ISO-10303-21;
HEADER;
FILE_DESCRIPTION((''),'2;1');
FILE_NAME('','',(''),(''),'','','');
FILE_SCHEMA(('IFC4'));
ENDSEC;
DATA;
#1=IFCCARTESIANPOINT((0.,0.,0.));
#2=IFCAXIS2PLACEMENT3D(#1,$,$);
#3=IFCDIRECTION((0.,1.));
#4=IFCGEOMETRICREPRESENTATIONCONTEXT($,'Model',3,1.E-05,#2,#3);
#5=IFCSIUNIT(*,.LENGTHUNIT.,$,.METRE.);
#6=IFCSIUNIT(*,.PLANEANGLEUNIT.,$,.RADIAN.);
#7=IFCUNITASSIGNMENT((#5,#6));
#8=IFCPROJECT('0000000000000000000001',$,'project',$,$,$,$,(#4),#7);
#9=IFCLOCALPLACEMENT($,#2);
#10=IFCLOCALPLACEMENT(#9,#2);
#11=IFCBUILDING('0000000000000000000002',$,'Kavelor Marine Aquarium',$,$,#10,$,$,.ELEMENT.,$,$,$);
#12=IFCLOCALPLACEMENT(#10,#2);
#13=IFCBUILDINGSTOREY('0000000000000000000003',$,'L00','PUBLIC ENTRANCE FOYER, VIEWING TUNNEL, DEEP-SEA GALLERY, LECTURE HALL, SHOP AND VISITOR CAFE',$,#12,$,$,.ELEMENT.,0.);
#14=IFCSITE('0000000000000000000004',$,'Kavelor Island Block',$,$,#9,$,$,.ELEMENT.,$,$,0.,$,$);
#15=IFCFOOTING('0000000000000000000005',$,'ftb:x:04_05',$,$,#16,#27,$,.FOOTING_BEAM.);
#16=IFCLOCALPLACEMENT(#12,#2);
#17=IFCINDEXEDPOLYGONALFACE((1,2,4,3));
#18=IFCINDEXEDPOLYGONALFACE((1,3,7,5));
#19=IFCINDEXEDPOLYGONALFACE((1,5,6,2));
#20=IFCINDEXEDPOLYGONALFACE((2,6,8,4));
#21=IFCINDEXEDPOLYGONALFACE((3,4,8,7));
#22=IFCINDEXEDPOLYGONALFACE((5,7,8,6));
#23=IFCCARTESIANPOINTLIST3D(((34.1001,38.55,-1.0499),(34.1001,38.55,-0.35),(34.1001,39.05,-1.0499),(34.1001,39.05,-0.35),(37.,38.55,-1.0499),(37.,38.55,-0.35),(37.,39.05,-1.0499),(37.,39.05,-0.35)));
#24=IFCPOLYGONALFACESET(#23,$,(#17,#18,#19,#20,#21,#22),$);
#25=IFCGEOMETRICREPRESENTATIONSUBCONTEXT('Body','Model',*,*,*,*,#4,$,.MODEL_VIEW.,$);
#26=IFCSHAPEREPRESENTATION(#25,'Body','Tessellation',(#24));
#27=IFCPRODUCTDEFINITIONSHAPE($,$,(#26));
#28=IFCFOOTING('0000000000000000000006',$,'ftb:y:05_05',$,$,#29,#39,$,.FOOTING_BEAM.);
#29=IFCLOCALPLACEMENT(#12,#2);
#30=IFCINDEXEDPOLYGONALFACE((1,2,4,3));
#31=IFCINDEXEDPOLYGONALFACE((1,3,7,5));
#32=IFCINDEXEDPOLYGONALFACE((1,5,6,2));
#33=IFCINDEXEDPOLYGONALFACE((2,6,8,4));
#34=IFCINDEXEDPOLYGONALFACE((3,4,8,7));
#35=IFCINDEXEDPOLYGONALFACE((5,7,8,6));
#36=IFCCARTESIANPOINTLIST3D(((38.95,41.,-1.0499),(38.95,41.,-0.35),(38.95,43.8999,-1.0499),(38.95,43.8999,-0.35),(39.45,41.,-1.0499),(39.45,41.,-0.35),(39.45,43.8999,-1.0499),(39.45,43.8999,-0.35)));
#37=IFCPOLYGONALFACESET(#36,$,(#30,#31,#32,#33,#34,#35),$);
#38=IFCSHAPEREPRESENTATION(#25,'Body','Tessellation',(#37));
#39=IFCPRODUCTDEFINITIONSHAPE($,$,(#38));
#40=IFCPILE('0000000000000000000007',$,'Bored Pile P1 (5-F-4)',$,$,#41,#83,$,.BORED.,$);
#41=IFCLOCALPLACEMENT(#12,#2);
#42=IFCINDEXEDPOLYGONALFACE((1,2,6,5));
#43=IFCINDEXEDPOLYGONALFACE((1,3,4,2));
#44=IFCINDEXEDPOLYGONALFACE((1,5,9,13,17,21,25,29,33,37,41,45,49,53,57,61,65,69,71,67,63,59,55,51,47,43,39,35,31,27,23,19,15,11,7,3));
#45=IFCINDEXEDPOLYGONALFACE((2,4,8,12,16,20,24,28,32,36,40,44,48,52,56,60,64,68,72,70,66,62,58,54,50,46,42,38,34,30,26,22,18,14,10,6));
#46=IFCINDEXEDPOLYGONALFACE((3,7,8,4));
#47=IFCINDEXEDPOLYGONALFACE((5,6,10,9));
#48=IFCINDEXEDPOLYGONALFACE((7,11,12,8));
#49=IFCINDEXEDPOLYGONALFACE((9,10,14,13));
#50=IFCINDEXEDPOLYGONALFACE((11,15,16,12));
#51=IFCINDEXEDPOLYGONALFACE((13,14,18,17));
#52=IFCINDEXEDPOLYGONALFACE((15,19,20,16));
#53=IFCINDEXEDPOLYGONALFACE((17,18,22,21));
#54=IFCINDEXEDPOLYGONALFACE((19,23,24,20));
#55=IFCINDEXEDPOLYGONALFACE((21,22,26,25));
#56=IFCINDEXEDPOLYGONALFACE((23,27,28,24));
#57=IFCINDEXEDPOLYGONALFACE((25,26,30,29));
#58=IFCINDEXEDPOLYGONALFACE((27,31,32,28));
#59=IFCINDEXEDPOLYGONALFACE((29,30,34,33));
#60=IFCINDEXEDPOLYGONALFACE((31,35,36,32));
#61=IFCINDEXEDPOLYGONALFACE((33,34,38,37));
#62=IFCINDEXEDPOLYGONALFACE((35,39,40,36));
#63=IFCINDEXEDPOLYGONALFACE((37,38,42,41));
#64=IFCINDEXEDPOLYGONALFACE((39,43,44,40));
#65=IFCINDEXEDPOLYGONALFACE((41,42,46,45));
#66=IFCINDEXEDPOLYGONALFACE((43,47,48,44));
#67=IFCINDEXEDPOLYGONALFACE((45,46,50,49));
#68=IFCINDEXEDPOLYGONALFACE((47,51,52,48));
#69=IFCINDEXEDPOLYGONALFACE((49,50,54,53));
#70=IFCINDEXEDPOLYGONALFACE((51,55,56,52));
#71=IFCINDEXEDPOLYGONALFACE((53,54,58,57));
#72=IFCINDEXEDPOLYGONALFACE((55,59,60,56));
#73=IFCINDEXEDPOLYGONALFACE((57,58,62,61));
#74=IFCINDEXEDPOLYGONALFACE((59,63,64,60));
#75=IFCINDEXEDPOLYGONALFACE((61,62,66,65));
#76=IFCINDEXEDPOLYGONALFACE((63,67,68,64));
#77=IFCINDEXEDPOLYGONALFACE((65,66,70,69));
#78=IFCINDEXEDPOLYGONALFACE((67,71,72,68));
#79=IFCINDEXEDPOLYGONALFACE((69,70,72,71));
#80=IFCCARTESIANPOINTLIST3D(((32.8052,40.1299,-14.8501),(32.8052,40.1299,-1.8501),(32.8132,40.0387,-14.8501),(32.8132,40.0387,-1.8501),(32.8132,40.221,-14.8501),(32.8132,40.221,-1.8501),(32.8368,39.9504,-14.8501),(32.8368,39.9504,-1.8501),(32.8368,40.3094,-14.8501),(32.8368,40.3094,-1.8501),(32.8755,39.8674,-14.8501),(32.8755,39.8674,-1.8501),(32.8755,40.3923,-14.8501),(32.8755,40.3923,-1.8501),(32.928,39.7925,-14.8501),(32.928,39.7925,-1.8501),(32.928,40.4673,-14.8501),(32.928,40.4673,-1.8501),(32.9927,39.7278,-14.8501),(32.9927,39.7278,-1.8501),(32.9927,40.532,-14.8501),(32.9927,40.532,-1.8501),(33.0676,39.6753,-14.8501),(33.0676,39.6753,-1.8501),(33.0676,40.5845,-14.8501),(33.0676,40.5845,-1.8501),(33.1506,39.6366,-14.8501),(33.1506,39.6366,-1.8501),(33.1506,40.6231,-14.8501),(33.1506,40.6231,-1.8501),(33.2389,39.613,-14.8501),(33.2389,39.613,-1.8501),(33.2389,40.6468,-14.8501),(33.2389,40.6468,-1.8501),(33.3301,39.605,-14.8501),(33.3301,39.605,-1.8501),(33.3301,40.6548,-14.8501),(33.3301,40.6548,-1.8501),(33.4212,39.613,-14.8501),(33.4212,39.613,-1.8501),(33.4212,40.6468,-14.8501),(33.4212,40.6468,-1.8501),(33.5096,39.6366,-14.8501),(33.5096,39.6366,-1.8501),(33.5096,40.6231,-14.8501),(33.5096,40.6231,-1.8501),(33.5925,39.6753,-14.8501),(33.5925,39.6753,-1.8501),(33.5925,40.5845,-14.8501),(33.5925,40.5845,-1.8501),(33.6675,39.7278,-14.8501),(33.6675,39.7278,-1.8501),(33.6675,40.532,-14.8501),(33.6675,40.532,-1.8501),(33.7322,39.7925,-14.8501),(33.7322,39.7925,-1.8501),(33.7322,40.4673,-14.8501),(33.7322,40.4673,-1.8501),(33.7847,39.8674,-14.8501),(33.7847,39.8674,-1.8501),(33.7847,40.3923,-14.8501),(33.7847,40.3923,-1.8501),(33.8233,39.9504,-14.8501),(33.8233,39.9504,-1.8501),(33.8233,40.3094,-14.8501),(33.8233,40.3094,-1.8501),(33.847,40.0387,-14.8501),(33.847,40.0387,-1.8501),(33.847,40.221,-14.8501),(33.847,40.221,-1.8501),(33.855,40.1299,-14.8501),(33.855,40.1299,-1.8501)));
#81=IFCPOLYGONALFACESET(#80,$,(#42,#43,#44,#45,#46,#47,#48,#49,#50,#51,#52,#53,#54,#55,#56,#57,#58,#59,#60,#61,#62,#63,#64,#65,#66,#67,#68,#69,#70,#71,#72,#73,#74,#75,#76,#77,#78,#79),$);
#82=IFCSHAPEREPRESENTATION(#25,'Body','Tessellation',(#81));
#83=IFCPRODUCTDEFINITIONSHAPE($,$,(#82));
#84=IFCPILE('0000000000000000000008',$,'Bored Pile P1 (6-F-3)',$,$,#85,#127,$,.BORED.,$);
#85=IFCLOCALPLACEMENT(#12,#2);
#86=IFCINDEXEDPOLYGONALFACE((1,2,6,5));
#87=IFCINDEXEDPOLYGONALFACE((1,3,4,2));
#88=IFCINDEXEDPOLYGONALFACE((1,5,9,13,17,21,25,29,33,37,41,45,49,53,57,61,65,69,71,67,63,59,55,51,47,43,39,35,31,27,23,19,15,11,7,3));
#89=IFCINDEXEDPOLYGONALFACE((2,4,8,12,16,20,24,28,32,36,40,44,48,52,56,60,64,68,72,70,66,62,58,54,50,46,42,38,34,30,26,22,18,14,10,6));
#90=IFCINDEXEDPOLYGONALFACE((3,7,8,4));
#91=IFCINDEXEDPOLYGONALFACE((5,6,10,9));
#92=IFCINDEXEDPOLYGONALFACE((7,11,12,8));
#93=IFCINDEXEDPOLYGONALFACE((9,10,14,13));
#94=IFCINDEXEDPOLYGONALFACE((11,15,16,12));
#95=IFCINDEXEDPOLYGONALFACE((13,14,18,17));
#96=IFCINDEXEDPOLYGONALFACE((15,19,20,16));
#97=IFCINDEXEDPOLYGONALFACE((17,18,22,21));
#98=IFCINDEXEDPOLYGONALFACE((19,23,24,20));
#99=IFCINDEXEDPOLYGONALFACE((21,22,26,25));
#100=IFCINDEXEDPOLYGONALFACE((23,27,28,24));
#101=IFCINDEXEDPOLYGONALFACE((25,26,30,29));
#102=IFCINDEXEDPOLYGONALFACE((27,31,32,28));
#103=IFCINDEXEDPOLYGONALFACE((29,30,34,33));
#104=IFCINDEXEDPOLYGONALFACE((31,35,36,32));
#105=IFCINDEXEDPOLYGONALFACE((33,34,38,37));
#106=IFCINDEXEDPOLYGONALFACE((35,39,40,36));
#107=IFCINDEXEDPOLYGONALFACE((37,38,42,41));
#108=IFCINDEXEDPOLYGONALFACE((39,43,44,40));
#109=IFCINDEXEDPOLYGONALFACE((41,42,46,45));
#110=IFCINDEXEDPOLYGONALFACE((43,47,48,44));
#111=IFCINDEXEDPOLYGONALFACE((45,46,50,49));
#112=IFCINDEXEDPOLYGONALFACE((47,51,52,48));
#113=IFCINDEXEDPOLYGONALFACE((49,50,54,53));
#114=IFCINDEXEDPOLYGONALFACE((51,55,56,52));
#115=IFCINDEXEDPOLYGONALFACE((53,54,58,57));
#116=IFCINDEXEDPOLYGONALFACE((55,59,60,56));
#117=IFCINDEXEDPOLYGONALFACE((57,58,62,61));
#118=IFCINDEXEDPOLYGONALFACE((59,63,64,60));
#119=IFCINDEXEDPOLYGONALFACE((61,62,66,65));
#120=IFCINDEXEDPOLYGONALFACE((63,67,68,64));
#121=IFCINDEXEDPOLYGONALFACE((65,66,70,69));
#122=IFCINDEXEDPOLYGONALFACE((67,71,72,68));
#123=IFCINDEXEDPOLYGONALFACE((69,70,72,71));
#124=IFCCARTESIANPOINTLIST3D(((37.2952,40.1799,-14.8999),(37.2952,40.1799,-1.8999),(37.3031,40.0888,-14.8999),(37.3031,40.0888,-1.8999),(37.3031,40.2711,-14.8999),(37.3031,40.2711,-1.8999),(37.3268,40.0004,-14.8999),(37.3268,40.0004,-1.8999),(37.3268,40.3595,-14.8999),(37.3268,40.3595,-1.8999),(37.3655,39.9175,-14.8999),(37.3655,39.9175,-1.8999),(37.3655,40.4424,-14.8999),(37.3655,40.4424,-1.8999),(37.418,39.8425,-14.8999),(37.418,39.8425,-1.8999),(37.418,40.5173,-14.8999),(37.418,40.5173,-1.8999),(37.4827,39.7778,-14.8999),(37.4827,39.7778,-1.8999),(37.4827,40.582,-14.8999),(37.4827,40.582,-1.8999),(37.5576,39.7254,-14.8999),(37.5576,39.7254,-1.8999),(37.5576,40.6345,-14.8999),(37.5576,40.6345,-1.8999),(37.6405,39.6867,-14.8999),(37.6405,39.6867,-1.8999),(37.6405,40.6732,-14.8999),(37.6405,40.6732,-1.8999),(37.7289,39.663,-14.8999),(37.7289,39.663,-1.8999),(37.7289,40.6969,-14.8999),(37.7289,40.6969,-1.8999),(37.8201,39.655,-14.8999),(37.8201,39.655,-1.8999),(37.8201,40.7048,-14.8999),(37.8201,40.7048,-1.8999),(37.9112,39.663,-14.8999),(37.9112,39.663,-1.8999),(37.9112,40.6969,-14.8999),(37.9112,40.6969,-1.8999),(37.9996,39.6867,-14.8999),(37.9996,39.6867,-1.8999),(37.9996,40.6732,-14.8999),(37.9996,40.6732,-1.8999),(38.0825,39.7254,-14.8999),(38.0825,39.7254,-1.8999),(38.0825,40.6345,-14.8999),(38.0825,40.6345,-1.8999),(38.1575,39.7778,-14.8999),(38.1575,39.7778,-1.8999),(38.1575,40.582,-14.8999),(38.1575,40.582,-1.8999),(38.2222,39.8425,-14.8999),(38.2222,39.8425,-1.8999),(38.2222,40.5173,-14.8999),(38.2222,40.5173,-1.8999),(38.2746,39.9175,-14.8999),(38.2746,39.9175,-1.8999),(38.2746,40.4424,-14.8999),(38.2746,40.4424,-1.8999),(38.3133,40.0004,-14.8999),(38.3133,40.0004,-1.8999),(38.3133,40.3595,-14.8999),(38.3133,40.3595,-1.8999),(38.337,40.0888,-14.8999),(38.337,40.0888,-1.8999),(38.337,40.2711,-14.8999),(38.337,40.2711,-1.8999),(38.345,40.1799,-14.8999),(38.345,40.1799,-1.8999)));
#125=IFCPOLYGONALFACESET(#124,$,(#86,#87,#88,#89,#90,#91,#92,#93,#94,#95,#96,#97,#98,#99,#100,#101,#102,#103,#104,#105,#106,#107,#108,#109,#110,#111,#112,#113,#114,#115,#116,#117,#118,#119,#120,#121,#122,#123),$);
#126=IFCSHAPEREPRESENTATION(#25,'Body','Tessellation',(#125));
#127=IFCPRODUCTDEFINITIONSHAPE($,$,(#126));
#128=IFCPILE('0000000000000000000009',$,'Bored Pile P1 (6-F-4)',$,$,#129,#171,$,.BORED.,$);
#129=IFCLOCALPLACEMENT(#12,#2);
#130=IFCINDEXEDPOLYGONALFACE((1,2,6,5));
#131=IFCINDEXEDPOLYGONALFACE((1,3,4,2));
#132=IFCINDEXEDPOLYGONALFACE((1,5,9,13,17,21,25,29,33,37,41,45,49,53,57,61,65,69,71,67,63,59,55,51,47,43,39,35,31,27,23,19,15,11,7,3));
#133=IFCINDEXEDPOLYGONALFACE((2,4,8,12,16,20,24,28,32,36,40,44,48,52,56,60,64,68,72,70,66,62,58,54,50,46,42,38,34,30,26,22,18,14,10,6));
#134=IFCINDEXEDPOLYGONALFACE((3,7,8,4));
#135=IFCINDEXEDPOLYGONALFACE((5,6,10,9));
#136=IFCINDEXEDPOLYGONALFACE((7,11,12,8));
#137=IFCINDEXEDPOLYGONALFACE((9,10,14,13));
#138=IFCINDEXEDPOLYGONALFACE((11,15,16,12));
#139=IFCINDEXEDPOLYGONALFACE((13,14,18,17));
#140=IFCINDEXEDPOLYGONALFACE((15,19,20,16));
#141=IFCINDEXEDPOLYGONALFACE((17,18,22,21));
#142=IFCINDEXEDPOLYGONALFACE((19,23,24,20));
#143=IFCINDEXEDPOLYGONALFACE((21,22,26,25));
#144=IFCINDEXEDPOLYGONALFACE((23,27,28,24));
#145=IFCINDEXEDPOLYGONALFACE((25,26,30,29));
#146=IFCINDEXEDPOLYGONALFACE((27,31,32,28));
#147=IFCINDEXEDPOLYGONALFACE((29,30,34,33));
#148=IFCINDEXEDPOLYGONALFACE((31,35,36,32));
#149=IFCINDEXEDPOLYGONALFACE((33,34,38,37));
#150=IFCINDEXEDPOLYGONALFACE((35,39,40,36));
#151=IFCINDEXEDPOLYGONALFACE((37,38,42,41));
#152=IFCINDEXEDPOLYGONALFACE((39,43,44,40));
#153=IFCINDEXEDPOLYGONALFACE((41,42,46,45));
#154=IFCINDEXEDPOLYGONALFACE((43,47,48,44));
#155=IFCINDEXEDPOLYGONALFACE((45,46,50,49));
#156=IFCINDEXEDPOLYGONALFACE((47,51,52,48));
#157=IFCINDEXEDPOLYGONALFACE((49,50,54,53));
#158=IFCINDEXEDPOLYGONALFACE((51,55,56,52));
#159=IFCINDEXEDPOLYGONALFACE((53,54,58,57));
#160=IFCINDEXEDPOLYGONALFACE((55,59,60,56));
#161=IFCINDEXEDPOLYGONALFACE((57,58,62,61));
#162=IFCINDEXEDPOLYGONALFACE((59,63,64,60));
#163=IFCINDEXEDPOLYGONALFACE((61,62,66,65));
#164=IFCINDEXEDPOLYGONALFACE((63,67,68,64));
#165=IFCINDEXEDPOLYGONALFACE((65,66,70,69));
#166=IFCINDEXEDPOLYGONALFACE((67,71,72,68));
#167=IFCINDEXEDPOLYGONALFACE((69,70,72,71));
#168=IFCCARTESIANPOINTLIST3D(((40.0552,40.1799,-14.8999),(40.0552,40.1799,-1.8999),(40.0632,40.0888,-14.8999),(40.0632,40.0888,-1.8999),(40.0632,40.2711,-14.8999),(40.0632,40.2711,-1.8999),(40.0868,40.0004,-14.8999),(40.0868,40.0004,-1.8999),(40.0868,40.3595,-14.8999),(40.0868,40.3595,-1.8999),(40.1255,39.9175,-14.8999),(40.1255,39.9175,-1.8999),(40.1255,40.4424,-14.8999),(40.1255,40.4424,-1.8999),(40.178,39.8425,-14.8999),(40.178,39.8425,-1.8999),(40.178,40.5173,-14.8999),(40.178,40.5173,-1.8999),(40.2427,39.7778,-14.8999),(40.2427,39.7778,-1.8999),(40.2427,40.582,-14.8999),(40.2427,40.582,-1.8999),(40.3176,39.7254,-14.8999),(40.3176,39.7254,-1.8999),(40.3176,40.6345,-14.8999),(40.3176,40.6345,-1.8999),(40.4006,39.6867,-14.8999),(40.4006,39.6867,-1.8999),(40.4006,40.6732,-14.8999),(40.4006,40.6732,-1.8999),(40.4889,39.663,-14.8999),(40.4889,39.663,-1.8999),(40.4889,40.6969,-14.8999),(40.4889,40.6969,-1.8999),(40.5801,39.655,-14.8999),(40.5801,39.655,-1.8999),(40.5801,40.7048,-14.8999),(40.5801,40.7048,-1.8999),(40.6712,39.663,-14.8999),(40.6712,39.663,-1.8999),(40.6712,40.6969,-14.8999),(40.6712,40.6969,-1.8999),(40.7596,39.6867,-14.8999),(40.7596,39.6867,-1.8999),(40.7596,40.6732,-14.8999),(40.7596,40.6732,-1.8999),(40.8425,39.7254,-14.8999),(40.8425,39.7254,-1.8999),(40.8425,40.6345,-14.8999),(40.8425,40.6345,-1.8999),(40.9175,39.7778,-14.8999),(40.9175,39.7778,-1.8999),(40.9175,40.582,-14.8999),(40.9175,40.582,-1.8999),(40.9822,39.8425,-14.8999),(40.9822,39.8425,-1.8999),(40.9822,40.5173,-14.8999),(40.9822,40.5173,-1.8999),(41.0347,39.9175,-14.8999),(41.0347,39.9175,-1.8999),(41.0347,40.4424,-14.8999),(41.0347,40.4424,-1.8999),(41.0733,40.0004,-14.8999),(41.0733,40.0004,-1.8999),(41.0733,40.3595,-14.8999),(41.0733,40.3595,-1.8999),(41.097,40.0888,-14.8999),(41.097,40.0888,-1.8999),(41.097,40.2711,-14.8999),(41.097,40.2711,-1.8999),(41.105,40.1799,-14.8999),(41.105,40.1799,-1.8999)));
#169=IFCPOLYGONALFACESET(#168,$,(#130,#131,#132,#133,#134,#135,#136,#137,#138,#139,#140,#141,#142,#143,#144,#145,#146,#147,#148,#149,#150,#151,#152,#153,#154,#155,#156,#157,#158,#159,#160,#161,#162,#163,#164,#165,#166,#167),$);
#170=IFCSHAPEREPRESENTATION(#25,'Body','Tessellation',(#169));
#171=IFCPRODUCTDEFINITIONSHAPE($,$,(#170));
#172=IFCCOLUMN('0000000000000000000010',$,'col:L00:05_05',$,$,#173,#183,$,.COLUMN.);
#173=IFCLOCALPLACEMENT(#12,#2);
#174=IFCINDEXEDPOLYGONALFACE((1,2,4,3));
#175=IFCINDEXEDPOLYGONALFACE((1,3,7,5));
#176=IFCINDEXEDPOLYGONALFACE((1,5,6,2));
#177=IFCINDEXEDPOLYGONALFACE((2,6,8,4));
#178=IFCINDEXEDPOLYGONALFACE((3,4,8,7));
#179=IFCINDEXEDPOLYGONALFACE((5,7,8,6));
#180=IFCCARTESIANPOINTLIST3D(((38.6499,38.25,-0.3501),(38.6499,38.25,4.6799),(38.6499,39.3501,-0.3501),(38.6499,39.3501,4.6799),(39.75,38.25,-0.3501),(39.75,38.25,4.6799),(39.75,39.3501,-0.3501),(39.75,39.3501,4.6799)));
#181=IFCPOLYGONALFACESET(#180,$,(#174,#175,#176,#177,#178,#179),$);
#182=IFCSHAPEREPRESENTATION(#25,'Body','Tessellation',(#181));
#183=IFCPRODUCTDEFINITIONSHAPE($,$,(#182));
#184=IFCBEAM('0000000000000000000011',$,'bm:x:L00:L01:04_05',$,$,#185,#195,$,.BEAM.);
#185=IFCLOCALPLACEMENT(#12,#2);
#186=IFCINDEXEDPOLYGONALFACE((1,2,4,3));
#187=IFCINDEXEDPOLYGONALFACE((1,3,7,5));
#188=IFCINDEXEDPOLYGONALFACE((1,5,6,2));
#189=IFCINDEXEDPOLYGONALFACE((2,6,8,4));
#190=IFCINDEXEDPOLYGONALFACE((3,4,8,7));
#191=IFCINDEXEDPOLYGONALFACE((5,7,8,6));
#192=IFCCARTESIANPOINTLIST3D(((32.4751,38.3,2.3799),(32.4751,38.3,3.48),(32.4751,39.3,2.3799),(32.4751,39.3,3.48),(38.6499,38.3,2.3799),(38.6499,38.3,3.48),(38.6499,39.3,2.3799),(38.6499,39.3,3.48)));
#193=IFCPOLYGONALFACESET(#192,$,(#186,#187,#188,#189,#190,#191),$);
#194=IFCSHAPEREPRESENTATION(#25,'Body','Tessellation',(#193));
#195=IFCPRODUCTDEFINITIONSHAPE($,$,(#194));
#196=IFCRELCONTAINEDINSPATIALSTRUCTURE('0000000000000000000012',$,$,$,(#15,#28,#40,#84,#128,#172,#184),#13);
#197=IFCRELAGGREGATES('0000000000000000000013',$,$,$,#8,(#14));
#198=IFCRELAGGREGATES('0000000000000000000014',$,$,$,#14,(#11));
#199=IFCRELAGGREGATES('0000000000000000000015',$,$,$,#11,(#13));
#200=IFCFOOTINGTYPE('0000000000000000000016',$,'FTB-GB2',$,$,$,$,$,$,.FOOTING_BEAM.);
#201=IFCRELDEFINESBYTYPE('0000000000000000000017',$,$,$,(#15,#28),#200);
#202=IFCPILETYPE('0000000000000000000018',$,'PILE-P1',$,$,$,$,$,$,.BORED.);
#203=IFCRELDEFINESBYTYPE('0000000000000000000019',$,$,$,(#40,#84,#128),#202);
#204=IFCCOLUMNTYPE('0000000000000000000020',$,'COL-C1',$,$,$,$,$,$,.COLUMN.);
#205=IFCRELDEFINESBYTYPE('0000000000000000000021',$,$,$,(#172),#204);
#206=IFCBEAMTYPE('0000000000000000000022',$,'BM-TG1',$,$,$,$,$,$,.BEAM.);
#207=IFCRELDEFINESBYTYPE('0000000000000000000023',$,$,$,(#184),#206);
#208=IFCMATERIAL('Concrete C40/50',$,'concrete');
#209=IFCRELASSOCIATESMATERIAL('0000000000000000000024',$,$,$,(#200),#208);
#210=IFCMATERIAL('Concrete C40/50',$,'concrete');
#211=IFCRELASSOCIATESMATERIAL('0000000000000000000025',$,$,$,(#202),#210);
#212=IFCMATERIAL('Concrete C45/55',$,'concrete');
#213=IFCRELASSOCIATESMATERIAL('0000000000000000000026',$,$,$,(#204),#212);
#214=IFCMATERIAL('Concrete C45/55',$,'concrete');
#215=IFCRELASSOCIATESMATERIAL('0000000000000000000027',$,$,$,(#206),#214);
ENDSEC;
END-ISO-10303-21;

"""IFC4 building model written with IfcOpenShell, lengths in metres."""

from ifc_helpers import new_model, si_unit, direction, frame, origin, origin_2d, place, context, subcontext, project, spatial, rectangle, circle, extrude, material, material_profile, profile_set, type_object, element, save


model = new_model("IFC4")

# Units and contexts
model_context = context("Model", 3, precision=1e-05, world=origin(), true_north=direction((0.0, 1.0)))
body_context = subcontext(model_context, "Body", "Model", "MODEL_VIEW")
ifc_project = project(units=[si_unit("LENGTHUNIT", "METRE"), si_unit("PLANEANGLEUNIT", "RADIAN")], contexts=[model_context])

# Site, building, storey
site_placement = place(None, origin())
site = spatial("IfcSite", under=ifc_project, at=site_placement, Name="Kavelor Island Block", CompositionType="ELEMENT", RefElevation=0.0)
building_placement = place(site_placement, origin())
building = spatial("IfcBuilding", under=site, at=building_placement, Name="Kavelor Marine Aquarium", CompositionType="ELEMENT")
storey_placement = place(building_placement, origin())
storey = spatial("IfcBuildingStorey", under=building, at=storey_placement, Name="L00", Description="PUBLIC ENTRANCE FOYER, VIEWING TUNNEL, DEEP-SEA GALLERY, LECTURE HALL, SHOP AND VISITOR CAFE", CompositionType="ELEMENT", Elevation=0.0)

# Footings
ifc_material_1 = material(Name="Concrete C40/50", Category="concrete")
ifc_material_profile_1 = material_profile(ifc_material_1, rectangle(XDim=0.5, YDim=0.7, at=origin_2d()), Name="GB 500x700")
ifc_profile_set_1 = profile_set([ifc_material_profile_1], Name="Concrete C40/50")
footing_type = type_object("IfcFootingType", Name="FTB-GB2", PredefinedType="FOOTING_BEAM", material=ifc_profile_set_1)
for number, where, z_axis, x_axis, name in (
    (1, (34.1001, 38.8, -0.7), (1.0, 0.0, 0.0), (0.0, 1.0, 0.0), "ftb:x:04_05"),
    (2, (39.2, 41.0, -0.7), (0.0, 1.0, 0.0), (-1.0, 0.0, 0.0), "ftb:y:05_05"),
):
    element("IfcFooting", number, at=place(storey_placement, frame(where, z_axis=z_axis, x_axis=x_axis)), inside=storey, type_object=footing_type, Name=name, PredefinedType="FOOTING_BEAM", context=body_context, shape_type="SweptSolid", body=[
        extrude(rectangle(XDim=0.5, YDim=0.7, at=origin_2d()), origin(), (0.0, 0.0, 1.0), 2.8999),
    ])

# Piles
ifc_material_2 = material(Name="Concrete C40/50", Category="concrete")
ifc_material_profile_2 = material_profile(ifc_material_2, circle(Radius=0.5249, at=origin_2d()), Name="PILE D1050")
ifc_profile_set_2 = profile_set([ifc_material_profile_2], Name="Concrete C40/50")
pile_type = type_object("IfcPileType", Name="PILE-P1", PredefinedType="BORED", material=ifc_profile_set_2)
for number, where, z_axis, x_axis, name in (
    (3, (33.3301, 40.1299, -1.8501), (0.0, 0.0, -1.0), (1.0, 0.0, 0.0), "Bored Pile P1 (5-F-4)"),
    (4, (37.8201, 40.1799, -1.8999), (0.0, 0.0, -1.0), (1.0, 0.0, 0.0), "Bored Pile P1 (6-F-3)"),
    (5, (40.5801, 40.1799, -1.8999), (0.0, 0.0, -1.0), (1.0, 0.0, 0.0), "Bored Pile P1 (6-F-4)"),
):
    element("IfcPile", number, at=place(storey_placement, frame(where, z_axis=z_axis, x_axis=x_axis)), inside=storey, type_object=pile_type, Name=name, PredefinedType="BORED", context=body_context, shape_type="SweptSolid", body=[
        extrude(circle(Radius=0.5249, at=origin_2d()), origin(), (0.0, 0.0, 1.0), 13.0),
    ])

# Column
ifc_material_3 = material(Name="Concrete C45/55", Category="concrete")
ifc_material_profile_3 = material_profile(ifc_material_3, rectangle(XDim=1.1001, YDim=1.1001, at=origin_2d()), Name="RC-COL 1100x1100")
ifc_profile_set_3 = profile_set([ifc_material_profile_3], Name="Concrete C45/55")
column_type = type_object("IfcColumnType", Name="COL-C1", PredefinedType="COLUMN", material=ifc_profile_set_3)
column_placement = place(storey_placement, frame((39.2, 38.8, -0.3501), z_axis=(0.0, 0.0, 1.0), x_axis=(1.0, 0.0, 0.0)))
element("IfcColumn", 6, at=column_placement, inside=storey, type_object=column_type, Name="col:L00:05_05", PredefinedType="COLUMN", context=body_context, shape_type="SweptSolid", body=[
    extrude(rectangle(XDim=1.1001, YDim=1.1001, at=origin_2d()), origin(), (0.0, 0.0, 1.0), 5.03),
])

# Beam
ifc_material_4 = material(Name="Concrete C45/55", Category="concrete")
ifc_material_profile_4 = material_profile(ifc_material_4, rectangle(XDim=1.0, YDim=1.1001, at=origin_2d()), Name="RC-TG 1000x1100")
ifc_profile_set_4 = profile_set([ifc_material_profile_4], Name="Concrete C45/55")
beam_type_1 = type_object("IfcBeamType", Name="BM-TG1", PredefinedType="BEAM", material=ifc_profile_set_4)
beam_1_placement = place(storey_placement, frame((32.4751, 38.8, 2.9299), z_axis=(1.0, 0.0, 0.0), x_axis=(0.0, 1.0, 0.0)))
element("IfcBeam", 7, at=beam_1_placement, inside=storey, type_object=beam_type_1, Name="bm:x:L00:L01:04_05", PredefinedType="BEAM", context=body_context, shape_type="SweptSolid", body=[
    extrude(rectangle(XDim=1.0, YDim=1.1001, at=origin_2d()), origin(), (0.0, 0.0, 1.0), 6.1748),
])

save(model, "model.ifc")
